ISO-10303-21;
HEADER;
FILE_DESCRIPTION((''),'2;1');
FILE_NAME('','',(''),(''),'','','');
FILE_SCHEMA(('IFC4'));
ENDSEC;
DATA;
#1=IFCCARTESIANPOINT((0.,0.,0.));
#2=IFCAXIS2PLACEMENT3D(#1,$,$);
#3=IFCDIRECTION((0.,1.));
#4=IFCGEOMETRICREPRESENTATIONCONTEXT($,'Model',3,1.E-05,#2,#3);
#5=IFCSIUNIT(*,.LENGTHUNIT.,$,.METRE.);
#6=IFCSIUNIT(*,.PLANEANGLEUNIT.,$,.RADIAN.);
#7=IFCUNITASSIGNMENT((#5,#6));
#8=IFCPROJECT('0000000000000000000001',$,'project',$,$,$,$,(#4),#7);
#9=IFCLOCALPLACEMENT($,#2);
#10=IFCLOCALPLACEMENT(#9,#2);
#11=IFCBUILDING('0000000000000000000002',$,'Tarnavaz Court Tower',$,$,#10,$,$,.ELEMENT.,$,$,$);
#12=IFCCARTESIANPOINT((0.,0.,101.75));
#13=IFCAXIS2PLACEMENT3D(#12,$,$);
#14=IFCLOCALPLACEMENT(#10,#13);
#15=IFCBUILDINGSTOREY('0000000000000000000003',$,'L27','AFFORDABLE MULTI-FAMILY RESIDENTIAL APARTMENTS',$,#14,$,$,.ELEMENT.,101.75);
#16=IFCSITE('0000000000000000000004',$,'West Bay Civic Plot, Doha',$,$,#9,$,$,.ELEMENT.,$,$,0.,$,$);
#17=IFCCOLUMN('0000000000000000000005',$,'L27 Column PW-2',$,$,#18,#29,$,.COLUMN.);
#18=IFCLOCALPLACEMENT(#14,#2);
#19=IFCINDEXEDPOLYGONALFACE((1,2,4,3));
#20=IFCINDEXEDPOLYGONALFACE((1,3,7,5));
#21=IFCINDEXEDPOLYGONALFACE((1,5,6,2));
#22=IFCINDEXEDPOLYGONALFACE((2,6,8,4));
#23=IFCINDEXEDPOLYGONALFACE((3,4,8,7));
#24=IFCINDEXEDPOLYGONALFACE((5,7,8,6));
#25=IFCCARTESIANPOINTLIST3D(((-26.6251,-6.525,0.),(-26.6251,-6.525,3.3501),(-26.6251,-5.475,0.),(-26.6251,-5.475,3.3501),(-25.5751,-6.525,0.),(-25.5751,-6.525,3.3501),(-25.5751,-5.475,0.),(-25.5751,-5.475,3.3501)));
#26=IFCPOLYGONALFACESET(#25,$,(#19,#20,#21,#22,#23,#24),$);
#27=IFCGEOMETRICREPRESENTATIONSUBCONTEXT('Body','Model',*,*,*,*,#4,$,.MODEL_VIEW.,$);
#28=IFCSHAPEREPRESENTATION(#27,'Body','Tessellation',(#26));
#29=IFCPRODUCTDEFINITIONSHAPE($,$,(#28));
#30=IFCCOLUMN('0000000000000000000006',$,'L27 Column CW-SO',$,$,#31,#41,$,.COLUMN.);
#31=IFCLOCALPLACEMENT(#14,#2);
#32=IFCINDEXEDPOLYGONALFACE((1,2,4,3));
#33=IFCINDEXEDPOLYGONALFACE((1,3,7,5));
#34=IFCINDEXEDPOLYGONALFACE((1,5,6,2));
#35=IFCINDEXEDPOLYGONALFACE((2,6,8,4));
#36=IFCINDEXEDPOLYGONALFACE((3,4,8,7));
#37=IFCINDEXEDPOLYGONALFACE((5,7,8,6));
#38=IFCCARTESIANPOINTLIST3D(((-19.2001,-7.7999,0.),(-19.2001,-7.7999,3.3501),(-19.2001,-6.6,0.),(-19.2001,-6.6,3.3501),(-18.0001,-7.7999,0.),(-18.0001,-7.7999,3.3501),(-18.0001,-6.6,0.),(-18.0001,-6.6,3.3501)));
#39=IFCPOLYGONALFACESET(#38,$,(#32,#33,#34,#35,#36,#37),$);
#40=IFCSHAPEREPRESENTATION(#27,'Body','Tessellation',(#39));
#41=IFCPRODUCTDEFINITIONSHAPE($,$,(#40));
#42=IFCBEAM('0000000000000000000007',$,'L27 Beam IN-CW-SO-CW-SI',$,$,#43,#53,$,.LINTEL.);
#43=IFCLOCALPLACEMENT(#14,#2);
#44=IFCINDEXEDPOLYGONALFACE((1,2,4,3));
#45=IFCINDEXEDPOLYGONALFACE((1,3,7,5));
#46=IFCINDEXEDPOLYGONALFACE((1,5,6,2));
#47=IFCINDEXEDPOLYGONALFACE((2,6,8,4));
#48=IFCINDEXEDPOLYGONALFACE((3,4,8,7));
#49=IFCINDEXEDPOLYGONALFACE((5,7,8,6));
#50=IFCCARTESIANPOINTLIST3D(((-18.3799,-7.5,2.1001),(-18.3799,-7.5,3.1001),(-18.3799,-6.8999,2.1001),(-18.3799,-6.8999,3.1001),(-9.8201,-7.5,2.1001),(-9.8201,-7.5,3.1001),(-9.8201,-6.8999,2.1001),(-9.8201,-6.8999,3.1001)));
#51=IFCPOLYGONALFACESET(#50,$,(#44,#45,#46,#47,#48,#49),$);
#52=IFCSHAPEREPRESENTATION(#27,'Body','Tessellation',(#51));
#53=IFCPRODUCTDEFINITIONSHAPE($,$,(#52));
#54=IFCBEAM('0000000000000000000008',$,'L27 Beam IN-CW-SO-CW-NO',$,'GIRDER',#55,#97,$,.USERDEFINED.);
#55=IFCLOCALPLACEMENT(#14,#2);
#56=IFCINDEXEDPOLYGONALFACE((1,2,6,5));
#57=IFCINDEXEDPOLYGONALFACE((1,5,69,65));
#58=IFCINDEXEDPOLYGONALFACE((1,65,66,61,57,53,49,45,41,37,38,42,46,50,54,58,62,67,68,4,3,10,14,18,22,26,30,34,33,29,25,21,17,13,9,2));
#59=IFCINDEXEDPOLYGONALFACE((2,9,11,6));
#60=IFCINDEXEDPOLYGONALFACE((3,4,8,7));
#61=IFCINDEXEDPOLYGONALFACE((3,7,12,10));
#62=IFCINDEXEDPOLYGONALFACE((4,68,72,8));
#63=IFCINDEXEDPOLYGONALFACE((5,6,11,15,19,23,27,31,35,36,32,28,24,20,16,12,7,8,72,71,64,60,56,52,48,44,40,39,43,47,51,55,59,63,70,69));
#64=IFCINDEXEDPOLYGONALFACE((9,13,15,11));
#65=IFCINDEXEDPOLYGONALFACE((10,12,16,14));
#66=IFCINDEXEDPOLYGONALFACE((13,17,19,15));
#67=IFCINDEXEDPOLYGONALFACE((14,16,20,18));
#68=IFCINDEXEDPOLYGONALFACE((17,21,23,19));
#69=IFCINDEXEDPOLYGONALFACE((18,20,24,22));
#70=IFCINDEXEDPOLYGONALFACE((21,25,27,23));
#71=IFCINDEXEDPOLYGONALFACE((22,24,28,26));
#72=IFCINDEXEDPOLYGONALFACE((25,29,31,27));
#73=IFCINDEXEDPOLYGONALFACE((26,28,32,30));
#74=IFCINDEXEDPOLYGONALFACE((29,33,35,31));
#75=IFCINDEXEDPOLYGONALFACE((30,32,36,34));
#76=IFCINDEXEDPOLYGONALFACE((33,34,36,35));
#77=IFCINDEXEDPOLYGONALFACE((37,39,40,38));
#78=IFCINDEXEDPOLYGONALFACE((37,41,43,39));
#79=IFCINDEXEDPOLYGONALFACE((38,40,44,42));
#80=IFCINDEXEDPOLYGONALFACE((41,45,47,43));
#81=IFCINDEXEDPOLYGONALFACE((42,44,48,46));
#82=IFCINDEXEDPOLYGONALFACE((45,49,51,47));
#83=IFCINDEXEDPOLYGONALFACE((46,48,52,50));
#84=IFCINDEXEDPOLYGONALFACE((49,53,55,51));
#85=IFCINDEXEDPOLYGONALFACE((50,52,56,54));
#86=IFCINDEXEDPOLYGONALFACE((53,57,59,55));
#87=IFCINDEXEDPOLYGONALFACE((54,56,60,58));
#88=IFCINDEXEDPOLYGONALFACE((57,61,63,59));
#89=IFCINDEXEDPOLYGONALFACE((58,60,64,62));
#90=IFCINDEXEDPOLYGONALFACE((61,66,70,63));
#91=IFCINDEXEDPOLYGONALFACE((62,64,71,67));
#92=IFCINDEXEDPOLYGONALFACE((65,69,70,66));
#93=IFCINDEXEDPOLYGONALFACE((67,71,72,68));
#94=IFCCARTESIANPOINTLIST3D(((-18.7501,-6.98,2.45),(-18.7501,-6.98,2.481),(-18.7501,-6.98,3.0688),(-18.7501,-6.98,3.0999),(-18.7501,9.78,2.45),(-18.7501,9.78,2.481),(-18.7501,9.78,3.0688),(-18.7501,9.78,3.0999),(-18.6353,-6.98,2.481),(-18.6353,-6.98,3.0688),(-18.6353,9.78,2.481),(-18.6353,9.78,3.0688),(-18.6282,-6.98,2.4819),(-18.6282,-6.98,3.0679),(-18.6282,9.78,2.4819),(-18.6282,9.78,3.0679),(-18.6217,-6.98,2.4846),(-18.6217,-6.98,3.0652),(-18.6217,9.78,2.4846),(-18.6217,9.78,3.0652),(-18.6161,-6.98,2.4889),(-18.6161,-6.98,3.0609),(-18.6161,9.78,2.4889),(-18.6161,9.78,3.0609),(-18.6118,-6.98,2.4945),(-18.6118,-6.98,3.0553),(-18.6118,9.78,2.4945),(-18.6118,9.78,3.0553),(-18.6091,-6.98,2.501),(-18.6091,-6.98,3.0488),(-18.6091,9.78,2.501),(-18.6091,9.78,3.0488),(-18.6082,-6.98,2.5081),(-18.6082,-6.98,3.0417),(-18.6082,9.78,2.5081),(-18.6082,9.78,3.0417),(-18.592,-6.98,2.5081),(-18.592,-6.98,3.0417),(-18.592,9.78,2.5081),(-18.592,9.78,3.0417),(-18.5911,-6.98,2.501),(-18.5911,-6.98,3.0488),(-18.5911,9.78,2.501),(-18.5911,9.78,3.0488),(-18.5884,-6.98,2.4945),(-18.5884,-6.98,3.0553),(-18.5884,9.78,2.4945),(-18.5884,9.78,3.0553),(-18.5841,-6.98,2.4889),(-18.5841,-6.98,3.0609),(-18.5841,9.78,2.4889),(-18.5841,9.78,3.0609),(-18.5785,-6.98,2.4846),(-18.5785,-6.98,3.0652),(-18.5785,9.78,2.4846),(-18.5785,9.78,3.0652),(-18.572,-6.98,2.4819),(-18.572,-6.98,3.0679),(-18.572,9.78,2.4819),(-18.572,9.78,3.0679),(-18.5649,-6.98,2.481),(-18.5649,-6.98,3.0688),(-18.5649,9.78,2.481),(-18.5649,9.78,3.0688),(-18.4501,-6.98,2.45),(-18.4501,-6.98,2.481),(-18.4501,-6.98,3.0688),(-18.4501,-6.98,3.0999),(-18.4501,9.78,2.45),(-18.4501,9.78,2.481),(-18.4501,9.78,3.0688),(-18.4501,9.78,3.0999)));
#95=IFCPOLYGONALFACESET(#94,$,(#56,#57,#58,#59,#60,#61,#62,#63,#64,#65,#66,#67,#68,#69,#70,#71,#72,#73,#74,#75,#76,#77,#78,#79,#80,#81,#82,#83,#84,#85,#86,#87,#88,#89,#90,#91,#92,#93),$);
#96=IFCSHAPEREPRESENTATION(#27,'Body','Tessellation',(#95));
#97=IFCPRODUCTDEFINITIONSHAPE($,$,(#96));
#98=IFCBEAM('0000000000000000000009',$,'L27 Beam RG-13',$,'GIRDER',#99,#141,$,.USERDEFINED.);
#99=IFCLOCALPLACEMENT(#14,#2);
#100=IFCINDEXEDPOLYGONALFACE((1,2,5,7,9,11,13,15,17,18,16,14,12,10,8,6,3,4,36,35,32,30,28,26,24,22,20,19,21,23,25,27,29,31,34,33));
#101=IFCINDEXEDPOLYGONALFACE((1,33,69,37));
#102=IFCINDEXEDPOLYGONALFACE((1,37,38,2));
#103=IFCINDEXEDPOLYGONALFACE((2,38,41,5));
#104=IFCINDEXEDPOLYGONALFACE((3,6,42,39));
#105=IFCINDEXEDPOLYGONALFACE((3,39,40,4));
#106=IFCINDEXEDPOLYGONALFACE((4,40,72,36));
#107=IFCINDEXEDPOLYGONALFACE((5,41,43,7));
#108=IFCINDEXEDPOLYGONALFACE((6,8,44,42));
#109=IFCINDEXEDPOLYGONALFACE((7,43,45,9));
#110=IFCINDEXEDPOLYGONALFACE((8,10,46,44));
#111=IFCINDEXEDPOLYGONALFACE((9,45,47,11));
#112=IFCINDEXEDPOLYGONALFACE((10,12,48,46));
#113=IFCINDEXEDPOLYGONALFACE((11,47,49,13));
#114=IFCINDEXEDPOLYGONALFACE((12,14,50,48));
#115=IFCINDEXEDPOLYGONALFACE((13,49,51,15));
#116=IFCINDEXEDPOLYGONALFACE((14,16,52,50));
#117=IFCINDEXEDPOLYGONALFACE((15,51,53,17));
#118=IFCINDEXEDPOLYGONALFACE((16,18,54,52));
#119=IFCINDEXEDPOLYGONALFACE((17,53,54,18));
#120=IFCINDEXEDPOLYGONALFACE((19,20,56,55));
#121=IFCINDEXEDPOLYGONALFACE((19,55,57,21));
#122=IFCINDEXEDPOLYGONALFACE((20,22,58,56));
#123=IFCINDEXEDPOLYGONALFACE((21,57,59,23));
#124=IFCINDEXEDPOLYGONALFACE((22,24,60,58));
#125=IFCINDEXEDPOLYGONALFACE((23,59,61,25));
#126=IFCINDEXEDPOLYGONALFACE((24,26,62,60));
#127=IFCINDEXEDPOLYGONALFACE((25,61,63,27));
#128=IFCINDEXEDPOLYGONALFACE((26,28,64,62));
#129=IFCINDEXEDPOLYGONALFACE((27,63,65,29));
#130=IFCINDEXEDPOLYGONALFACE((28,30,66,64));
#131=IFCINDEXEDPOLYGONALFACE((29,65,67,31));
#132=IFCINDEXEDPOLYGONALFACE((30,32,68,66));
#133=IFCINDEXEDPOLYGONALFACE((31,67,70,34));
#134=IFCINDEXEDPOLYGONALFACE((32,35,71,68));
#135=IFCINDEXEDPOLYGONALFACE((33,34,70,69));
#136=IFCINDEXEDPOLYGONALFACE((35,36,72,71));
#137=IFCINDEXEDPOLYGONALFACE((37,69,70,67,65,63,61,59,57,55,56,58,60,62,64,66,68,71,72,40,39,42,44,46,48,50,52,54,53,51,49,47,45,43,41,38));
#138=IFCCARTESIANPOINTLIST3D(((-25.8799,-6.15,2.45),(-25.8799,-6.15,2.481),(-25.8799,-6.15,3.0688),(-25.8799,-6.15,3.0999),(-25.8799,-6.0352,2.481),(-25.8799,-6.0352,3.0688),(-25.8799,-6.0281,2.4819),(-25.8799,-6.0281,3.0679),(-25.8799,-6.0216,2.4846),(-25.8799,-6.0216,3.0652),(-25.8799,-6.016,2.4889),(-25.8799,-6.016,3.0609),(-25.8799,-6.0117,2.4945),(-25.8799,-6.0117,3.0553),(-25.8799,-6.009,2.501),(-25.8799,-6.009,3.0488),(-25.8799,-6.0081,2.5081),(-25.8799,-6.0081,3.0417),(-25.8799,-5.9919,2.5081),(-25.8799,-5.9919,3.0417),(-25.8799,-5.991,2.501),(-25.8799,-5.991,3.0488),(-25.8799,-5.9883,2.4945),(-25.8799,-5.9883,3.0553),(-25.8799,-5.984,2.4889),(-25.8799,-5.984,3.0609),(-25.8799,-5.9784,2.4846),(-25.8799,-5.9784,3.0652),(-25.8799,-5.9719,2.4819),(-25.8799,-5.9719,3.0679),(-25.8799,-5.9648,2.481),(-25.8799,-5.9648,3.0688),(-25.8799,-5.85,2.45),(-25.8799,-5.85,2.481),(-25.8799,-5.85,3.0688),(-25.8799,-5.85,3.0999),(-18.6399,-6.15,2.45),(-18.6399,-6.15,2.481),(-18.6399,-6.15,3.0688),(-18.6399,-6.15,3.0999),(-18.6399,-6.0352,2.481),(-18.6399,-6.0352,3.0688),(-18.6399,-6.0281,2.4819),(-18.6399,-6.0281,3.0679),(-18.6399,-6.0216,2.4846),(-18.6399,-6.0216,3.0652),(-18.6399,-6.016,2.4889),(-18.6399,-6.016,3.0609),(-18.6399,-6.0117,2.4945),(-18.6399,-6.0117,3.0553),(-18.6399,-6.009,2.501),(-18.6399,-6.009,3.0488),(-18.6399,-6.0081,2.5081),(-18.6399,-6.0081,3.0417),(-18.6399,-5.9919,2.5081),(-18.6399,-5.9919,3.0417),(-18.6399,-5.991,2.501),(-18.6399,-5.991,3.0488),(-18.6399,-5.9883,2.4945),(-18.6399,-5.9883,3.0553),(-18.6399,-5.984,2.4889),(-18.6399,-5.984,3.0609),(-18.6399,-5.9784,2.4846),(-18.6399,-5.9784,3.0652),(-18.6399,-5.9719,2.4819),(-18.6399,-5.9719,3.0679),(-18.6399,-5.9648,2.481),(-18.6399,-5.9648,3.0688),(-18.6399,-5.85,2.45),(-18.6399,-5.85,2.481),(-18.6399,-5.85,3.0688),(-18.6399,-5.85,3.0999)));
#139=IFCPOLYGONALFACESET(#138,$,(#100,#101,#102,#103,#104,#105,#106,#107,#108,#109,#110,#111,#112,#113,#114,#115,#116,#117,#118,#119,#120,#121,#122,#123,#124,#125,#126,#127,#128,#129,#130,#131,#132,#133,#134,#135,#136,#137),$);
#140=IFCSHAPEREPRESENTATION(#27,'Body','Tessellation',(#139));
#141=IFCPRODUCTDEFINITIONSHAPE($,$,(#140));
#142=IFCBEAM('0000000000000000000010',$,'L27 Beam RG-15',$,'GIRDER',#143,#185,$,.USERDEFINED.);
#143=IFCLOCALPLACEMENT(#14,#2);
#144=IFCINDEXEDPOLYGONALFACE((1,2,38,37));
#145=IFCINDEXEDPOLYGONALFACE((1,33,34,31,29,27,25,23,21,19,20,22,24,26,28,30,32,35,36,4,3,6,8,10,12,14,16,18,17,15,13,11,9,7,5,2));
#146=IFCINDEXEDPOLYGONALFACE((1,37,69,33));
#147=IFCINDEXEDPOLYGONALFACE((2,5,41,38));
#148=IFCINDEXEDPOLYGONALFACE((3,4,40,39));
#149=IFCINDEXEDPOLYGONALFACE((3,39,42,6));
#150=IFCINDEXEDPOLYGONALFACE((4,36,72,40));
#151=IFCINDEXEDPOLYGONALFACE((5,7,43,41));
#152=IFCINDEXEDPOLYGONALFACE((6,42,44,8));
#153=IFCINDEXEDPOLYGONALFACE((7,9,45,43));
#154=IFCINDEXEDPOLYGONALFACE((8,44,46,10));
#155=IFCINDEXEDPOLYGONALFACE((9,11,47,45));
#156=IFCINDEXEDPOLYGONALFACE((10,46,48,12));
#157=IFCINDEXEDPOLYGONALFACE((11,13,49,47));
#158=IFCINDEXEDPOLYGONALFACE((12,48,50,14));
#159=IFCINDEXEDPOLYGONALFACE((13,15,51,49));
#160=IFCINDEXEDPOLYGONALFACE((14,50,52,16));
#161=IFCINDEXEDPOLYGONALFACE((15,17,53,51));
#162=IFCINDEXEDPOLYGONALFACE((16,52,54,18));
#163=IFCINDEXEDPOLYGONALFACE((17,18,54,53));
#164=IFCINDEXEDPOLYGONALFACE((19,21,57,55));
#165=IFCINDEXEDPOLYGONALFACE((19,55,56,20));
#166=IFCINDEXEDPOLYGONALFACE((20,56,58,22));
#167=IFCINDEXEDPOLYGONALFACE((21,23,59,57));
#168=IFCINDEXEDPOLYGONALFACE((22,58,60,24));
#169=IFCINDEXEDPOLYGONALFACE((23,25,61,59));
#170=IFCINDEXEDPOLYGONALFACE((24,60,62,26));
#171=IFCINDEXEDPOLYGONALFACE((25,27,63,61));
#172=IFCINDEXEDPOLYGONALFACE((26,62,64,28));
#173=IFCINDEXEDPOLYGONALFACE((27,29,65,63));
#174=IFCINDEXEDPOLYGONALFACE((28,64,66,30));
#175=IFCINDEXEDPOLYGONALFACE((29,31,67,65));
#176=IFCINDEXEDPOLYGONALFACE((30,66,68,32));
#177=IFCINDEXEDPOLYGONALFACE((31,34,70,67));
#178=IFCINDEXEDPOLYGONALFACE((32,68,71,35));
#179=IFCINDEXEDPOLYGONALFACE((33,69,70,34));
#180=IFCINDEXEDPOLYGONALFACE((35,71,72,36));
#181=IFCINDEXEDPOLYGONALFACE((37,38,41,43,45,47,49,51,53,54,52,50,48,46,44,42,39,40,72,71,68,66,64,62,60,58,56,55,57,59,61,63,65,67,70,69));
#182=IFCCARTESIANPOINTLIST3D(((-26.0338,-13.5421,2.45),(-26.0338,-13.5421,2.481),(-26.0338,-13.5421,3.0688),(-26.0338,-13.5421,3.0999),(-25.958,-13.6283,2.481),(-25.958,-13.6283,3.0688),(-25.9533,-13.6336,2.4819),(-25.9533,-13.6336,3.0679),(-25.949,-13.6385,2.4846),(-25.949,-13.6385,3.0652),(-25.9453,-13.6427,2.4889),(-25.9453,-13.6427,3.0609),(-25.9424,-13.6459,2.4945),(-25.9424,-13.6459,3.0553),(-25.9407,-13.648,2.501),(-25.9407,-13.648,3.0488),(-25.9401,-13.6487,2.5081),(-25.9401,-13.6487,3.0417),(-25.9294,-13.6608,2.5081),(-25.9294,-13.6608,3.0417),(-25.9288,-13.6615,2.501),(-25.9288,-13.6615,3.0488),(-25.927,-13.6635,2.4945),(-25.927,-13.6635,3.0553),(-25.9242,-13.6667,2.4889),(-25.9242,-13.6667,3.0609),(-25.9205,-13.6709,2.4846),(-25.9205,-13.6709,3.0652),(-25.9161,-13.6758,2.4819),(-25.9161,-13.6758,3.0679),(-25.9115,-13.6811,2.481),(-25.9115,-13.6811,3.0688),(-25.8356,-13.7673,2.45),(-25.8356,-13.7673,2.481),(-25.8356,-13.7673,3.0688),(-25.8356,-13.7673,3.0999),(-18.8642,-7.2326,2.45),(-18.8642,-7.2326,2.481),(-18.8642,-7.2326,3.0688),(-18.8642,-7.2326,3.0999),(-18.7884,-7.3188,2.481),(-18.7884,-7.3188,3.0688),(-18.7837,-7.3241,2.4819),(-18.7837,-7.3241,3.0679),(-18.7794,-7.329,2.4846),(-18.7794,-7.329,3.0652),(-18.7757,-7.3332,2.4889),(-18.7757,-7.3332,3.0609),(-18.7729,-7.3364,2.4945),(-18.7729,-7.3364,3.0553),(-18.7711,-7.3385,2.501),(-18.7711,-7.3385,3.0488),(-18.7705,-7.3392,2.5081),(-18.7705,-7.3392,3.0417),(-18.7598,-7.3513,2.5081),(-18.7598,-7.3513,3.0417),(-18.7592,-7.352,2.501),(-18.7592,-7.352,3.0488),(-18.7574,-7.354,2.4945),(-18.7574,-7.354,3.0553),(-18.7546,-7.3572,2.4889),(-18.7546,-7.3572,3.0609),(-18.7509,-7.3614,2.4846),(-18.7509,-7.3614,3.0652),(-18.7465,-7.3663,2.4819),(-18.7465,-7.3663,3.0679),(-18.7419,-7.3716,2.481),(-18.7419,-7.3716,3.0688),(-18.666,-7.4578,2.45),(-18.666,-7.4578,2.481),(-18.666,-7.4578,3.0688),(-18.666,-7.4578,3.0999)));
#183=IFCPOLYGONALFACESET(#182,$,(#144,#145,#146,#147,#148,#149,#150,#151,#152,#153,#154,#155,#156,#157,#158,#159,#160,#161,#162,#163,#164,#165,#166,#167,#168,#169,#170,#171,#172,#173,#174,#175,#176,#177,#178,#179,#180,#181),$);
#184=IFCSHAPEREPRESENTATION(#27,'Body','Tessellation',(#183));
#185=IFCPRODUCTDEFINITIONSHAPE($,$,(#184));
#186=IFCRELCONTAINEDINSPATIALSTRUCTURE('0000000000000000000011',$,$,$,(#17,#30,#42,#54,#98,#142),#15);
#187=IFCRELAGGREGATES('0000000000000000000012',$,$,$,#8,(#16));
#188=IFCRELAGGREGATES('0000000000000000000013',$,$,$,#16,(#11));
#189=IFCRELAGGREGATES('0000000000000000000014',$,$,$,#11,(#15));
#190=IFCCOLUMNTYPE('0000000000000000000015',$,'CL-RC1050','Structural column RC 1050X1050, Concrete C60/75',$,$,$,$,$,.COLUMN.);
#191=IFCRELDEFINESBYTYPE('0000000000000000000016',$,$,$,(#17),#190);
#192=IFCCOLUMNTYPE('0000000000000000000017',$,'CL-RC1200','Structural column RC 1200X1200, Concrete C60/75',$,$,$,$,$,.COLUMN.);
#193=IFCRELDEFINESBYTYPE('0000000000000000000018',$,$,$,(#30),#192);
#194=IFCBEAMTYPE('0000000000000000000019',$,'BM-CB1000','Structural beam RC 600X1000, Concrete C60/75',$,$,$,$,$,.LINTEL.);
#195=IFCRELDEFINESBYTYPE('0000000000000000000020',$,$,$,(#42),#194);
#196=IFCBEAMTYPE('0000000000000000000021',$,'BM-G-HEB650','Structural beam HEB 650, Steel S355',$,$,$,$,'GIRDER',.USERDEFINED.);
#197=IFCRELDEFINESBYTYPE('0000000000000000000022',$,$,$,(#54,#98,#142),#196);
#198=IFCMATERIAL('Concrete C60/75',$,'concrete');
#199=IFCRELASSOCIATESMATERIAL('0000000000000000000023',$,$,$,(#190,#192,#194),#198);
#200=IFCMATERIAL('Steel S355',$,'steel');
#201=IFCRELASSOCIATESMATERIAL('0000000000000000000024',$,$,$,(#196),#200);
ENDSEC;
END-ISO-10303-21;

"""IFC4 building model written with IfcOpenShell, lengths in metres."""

from ifc_helpers import new_model, si_unit, direction, frame, origin, origin_2d, place, context, subcontext, project, spatial, rectangle, i_section, extrude, material, material_profile, profile_set, type_object, element, save


model = new_model("IFC4")

# Units and contexts
model_context = context("Model", 3, precision=1e-05, world=origin(), true_north=direction((0.0, 1.0)))
body_context = subcontext(model_context, "Body", "Model", "MODEL_VIEW")
ifc_project = project(units=[si_unit("LENGTHUNIT", "METRE"), si_unit("PLANEANGLEUNIT", "RADIAN")], contexts=[model_context])

# Site, building, storey
site_placement = place(None, origin())
site = spatial("IfcSite", under=ifc_project, at=site_placement, Name="West Bay Civic Plot, Doha", CompositionType="ELEMENT", RefElevation=0.0)
building_placement = place(site_placement, origin())
building = spatial("IfcBuilding", under=site, at=building_placement, Name="Tarnavaz Court Tower", CompositionType="ELEMENT")
storey_placement = place(building_placement, frame((0.0, 0.0, 101.75)))
storey = spatial("IfcBuildingStorey", under=building, at=storey_placement, Name="L27", Description="AFFORDABLE MULTI-FAMILY RESIDENTIAL APARTMENTS", CompositionType="ELEMENT", Elevation=101.75)

# Columns
ifc_material_1 = material(Name="Concrete C60/75", Category="concrete")
ifc_material_profile_1 = material_profile(ifc_material_1, rectangle(XDim=1.05, YDim=1.05, at=origin_2d()), Name="RC 1050X1050")
ifc_profile_set_1 = profile_set([ifc_material_profile_1], Name="Concrete C60/75")
column_type_1 = type_object("IfcColumnType", Name="CL-RC1050", Description="Structural column RC 1050X1050, Concrete C60/75", PredefinedType="COLUMN", material=ifc_profile_set_1)
column_1_placement = place(storey_placement, frame((-26.1001, -6.0, 0.0), z_axis=(0.0, 0.0, 1.0), x_axis=(1.0, 0.0, 0.0)))
element("IfcColumn", 1, at=column_1_placement, inside=storey, type_object=column_type_1, Name="L27 Column PW-2", PredefinedType="COLUMN", context=body_context, shape_type="SweptSolid", body=[
    extrude(rectangle(XDim=1.05, YDim=1.05, at=origin_2d()), origin(), (0.0, 0.0, 1.0), 3.3501),
])
ifc_material_profile_2 = material_profile(ifc_material_1, rectangle(XDim=1.2, YDim=1.2, at=origin_2d()), Name="RC 1200X1200")
ifc_profile_set_2 = profile_set([ifc_material_profile_2], Name="Concrete C60/75")
column_type_2 = type_object("IfcColumnType", Name="CL-RC1200", Description="Structural column RC 1200X1200, Concrete C60/75", PredefinedType="COLUMN", material=ifc_profile_set_2)
column_2_placement = place(storey_placement, frame((-18.6001, -7.2, 0.0), z_axis=(0.0, 0.0, 1.0), x_axis=(1.0, 0.0, 0.0)))
element("IfcColumn", 2, at=column_2_placement, inside=storey, type_object=column_type_2, Name="L27 Column CW-SO", PredefinedType="COLUMN", context=body_context, shape_type="SweptSolid", body=[
    extrude(rectangle(XDim=1.2, YDim=1.2, at=origin_2d()), origin(), (0.0, 0.0, 1.0), 3.3501),
])

# Beams
ifc_material_profile_3 = material_profile(ifc_material_1, rectangle(XDim=0.6001, YDim=1.0, at=origin_2d()), Name="RC 600X1000")
ifc_profile_set_3 = profile_set([ifc_material_profile_3], Name="Concrete C60/75")
beam_type_1 = type_object("IfcBeamType", Name="BM-CB1000", Description="Structural beam RC 600X1000, Concrete C60/75", PredefinedType="LINTEL", material=ifc_profile_set_3)
beam_1_placement = place(storey_placement, frame((-18.3799, -7.2, 2.6001), z_axis=(1.0, 0.0, 0.0), x_axis=(0.0, 1.0, 0.0)))
element("IfcBeam", 3, at=beam_1_placement, inside=storey, type_object=beam_type_1, Name="L27 Beam IN-CW-SO-CW-SI", PredefinedType="LINTEL", context=body_context, shape_type="SweptSolid", body=[
    extrude(rectangle(XDim=0.6001, YDim=1.0, at=origin_2d()), origin(), (0.0, 0.0, 1.0), 8.5598),
])
ifc_material_2 = material(Name="Steel S355", Category="steel")
ifc_material_profile_4 = material_profile(ifc_material_2, i_section(OverallWidth=0.3, OverallDepth=0.6499, WebThickness=0.0161, FlangeThickness=0.031, FilletRadius=0.0271, at=origin_2d()), Name="HEB 650")
ifc_profile_set_4 = profile_set([ifc_material_profile_4], Name="Steel S355")
beam_type_2 = type_object("IfcBeamType", Name="BM-G-HEB650", Description="Structural beam HEB 650, Steel S355", ElementType="GIRDER", PredefinedType="USERDEFINED", material=ifc_profile_set_4)
beam_2_placement = place(storey_placement, frame((-18.6001, -6.98, 2.7749), z_axis=(0.0, 1.0, 0.0), x_axis=(-1.0, 0.0, 0.0)))
element("IfcBeam", 4, at=beam_2_placement, inside=storey, type_object=beam_type_2, Name="L27 Beam IN-CW-SO-CW-NO", ObjectType="GIRDER", PredefinedType="USERDEFINED", context=body_context, shape_type="SweptSolid", body=[
    extrude(i_section(OverallWidth=0.3, OverallDepth=0.6499, WebThickness=0.0161, FlangeThickness=0.031, FilletRadius=0.0271, at=origin_2d()), origin(), (0.0, 0.0, 1.0), 16.76),
])
beam_3_placement = place(storey_placement, frame((-18.6399, -6.0, 2.7749), z_axis=(-1.0, 0.0, 0.0), x_axis=(0.0, -1.0, 0.0)))
element("IfcBeam", 5, at=beam_3_placement, inside=storey, type_object=beam_type_2, Name="L27 Beam RG-13", ObjectType="GIRDER", PredefinedType="USERDEFINED", context=body_context, shape_type="SweptSolid", body=[
    extrude(i_section(OverallWidth=0.3, OverallDepth=0.6499, WebThickness=0.0161, FlangeThickness=0.031, FilletRadius=0.0271, at=origin_2d()), origin(), (0.0, 0.0, 1.0), 7.24),
])
beam_4_placement = place(storey_placement, frame((-18.7651, -7.3452, 2.7749), z_axis=(-0.7507, -0.660643, 0.0), x_axis=(0.660643, -0.7507, 0.0)))
element("IfcBeam", 6, at=beam_4_placement, inside=storey, type_object=beam_type_2, Name="L27 Beam RG-15", ObjectType="GIRDER", PredefinedType="USERDEFINED", context=body_context, shape_type="SweptSolid", body=[
    extrude(i_section(OverallWidth=0.3, OverallDepth=0.6499, WebThickness=0.0161, FlangeThickness=0.031, FilletRadius=0.0271, at=origin_2d()), origin(), (0.0, 0.0, 1.0), 9.5505),
])

save(model, "model.ifc")
